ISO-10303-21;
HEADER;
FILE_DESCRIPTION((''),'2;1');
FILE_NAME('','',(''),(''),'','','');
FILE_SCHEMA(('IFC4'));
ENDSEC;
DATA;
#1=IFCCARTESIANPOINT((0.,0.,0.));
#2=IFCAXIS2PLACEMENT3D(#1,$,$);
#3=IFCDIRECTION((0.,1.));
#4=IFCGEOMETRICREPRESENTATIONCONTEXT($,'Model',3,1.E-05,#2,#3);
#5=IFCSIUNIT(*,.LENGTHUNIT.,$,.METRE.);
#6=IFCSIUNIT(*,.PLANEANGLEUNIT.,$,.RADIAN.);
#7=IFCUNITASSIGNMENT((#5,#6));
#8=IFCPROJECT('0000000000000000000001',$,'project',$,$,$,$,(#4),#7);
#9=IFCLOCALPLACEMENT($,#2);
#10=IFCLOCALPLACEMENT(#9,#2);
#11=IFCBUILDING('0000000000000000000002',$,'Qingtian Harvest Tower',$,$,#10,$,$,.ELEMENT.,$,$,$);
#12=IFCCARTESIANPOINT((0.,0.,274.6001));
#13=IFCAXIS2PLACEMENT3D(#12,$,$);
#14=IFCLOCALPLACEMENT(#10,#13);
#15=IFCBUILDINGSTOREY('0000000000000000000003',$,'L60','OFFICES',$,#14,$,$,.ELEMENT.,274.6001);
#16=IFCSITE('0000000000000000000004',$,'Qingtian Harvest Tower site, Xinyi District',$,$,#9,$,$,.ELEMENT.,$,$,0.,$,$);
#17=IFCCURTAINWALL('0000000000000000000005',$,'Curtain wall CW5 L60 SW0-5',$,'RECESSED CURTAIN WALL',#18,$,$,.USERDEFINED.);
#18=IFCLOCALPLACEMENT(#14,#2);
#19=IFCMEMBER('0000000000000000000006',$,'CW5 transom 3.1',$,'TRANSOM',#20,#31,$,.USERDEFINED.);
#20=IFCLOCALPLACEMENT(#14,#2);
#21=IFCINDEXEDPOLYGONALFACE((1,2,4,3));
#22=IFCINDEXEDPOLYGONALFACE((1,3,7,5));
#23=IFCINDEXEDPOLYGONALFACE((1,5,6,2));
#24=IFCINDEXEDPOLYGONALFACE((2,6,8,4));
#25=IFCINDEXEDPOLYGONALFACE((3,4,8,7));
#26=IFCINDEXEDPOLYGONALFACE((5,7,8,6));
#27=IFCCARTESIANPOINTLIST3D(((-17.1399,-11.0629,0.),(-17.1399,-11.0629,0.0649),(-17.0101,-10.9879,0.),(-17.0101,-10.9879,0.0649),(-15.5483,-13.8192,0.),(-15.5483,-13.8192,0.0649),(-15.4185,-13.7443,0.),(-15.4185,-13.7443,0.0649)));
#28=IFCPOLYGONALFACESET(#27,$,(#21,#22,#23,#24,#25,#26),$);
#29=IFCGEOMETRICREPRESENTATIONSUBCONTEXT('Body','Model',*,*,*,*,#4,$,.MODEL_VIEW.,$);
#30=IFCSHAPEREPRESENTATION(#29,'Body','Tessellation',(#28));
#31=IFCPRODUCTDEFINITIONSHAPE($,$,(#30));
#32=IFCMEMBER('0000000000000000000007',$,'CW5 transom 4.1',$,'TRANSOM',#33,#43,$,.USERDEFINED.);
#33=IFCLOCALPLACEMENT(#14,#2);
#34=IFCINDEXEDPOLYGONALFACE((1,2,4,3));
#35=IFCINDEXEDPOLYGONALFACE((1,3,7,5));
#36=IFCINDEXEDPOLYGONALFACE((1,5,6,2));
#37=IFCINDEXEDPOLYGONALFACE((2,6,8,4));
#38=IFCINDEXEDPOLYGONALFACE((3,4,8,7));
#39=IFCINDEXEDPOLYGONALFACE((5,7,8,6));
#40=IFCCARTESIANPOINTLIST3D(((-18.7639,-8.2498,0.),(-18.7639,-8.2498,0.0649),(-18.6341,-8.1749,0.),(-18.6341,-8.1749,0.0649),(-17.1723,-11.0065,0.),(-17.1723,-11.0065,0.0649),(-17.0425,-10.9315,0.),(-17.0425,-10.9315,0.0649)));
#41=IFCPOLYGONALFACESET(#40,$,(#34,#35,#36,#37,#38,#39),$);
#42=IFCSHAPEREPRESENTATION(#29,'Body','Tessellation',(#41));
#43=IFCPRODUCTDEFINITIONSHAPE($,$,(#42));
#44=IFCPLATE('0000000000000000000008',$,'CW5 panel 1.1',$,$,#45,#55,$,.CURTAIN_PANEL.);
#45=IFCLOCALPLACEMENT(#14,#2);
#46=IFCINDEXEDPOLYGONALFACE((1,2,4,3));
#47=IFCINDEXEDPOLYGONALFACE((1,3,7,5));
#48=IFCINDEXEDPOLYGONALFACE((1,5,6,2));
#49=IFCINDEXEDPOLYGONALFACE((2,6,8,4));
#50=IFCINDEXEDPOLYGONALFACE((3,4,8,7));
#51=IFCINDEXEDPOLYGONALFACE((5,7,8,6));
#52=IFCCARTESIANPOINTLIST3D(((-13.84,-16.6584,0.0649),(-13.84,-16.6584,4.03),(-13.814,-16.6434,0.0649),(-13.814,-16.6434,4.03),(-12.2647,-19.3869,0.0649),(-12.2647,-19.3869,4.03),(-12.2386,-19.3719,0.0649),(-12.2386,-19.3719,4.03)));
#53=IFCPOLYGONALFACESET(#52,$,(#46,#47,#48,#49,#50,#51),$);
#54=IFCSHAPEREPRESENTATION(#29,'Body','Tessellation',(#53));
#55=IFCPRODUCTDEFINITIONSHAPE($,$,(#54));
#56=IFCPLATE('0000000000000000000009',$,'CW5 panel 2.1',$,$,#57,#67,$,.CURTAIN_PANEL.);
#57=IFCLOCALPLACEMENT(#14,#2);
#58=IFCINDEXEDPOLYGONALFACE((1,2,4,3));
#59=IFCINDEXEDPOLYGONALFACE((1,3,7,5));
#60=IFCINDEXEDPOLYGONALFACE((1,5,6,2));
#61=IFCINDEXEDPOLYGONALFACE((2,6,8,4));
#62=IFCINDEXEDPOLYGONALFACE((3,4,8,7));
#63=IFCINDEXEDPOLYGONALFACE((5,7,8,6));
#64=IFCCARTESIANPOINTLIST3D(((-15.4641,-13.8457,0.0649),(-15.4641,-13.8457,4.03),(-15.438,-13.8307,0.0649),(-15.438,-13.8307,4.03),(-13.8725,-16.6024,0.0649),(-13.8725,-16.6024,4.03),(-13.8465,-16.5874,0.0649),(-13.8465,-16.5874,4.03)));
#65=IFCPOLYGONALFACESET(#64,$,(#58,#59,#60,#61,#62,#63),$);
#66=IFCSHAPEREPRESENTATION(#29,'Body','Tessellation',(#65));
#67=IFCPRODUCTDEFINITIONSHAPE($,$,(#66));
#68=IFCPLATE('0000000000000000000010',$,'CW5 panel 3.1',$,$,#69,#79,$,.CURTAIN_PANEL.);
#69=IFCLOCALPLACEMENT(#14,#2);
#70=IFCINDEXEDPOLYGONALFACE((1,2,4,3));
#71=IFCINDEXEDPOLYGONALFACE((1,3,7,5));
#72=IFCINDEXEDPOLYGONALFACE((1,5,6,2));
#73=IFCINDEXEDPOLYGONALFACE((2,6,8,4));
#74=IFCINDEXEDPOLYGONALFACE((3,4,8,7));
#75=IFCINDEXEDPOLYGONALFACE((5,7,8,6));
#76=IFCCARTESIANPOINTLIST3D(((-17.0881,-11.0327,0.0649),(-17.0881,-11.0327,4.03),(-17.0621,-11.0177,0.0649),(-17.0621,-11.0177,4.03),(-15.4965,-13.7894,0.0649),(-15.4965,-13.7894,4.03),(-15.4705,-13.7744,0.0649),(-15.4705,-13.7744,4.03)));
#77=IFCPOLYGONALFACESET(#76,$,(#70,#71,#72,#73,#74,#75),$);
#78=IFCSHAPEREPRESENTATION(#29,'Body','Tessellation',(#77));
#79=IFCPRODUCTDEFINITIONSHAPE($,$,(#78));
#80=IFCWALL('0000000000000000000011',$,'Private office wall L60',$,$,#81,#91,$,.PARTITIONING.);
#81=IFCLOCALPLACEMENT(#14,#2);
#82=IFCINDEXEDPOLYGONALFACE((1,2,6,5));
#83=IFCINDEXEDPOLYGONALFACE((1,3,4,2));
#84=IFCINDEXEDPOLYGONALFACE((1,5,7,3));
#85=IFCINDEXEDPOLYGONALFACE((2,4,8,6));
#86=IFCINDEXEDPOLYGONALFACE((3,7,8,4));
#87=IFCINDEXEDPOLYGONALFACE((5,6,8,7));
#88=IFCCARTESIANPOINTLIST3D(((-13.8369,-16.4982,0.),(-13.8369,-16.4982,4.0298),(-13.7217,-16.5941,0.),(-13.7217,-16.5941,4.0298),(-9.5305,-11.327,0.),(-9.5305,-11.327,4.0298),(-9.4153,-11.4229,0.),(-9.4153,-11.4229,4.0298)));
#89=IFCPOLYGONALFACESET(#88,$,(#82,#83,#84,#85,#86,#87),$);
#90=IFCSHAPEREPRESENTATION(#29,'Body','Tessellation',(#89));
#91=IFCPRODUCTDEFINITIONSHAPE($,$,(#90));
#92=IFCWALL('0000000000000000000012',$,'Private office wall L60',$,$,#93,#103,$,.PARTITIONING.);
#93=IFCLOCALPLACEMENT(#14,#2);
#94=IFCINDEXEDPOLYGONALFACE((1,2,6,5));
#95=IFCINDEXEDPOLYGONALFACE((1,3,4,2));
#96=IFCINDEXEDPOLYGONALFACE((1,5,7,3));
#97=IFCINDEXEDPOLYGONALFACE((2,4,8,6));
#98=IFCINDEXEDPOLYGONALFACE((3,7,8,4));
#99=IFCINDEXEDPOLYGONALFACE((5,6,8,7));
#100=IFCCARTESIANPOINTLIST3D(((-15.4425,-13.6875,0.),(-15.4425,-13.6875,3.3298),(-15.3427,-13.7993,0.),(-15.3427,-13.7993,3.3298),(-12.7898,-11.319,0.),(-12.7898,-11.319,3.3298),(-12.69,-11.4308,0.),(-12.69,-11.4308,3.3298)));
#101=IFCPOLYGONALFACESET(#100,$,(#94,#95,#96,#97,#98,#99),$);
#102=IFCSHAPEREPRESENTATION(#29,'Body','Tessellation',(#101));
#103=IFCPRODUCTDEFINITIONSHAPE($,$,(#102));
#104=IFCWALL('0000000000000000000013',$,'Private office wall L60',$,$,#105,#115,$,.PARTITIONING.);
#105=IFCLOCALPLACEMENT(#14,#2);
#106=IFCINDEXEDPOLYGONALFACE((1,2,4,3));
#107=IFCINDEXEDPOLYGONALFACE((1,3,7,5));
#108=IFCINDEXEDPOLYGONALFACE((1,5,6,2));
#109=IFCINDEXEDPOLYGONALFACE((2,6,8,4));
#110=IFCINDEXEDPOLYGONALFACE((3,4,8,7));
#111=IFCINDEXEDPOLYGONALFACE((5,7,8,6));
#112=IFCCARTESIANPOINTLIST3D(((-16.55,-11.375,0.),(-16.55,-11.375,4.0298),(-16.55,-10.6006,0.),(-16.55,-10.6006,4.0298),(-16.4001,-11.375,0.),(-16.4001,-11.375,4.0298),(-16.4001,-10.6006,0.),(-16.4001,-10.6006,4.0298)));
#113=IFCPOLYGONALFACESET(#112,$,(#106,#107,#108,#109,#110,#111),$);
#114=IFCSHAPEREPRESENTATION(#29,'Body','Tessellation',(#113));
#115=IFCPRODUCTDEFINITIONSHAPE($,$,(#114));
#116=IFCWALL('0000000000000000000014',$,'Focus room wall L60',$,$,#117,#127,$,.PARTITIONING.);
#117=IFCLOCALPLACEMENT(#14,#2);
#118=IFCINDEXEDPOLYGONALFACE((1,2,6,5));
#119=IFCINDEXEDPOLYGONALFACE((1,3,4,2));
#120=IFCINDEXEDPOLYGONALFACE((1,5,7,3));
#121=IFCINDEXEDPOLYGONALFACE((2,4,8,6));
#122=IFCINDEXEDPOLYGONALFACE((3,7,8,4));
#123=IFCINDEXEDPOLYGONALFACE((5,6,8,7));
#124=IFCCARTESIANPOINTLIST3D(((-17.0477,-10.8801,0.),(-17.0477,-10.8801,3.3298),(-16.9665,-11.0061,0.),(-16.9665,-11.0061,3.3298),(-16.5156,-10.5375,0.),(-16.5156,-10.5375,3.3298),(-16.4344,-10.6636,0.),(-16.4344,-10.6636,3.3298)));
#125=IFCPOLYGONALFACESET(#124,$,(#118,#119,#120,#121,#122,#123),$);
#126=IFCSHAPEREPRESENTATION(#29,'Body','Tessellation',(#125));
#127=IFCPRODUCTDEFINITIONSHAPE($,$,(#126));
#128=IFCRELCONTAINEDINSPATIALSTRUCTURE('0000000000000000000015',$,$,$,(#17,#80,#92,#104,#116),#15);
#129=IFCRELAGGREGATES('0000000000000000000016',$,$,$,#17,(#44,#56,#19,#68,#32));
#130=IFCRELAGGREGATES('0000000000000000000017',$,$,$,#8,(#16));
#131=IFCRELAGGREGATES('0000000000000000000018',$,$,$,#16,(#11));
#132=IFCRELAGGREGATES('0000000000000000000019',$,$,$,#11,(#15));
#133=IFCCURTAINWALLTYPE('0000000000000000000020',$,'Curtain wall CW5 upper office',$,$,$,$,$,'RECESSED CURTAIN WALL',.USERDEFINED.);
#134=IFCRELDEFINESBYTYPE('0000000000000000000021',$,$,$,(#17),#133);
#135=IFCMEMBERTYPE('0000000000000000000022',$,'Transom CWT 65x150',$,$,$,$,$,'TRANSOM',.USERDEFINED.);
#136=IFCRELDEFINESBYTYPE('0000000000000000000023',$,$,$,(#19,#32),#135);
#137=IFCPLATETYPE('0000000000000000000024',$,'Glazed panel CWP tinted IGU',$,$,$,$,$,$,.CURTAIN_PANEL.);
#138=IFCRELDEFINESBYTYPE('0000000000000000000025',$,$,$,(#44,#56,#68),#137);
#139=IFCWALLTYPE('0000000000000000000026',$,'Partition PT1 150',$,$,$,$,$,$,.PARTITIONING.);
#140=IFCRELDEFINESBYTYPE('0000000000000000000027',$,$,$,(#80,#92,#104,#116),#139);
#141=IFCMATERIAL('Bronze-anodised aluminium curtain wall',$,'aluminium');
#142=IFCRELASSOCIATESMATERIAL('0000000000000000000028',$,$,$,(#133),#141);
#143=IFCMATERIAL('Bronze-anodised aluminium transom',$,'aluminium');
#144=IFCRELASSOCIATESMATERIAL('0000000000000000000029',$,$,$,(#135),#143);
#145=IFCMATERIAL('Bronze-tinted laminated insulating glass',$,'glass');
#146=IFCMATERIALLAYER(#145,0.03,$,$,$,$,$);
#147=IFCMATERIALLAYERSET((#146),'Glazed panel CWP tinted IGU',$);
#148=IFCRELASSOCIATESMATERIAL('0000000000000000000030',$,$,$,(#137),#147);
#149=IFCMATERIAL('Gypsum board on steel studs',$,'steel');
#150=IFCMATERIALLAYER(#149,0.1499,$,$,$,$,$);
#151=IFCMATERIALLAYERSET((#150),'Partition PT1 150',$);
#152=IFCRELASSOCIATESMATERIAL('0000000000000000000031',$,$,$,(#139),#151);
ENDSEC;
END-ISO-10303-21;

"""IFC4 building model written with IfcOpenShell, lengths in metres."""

from ifc_helpers import new_model, si_unit, direction, frame, frame_2d, origin, origin_2d, place, context, subcontext, project, spatial, rectangle, extrude, material, layer, layer_set, material_profile, profile_set, type_object, element, aggregate, save


model = new_model("IFC4")

# Units and contexts
model_context = context("Model", 3, precision=1e-05, world=origin(), true_north=direction((0.0, 1.0)))
body_context = subcontext(model_context, "Body", "Model", "MODEL_VIEW")
ifc_project = project(units=[si_unit("LENGTHUNIT", "METRE"), si_unit("PLANEANGLEUNIT", "RADIAN")], contexts=[model_context])

# Site, building, storey
site_placement = place(None, origin())
site = spatial("IfcSite", under=ifc_project, at=site_placement, Name="Qingtian Harvest Tower site, Xinyi District", CompositionType="ELEMENT", RefElevation=0.0)
building_placement = place(site_placement, origin())
building = spatial("IfcBuilding", under=site, at=building_placement, Name="Qingtian Harvest Tower", CompositionType="ELEMENT")
storey_placement = place(building_placement, frame((0.0, 0.0, 274.6001)))
storey = spatial("IfcBuildingStorey", under=building, at=storey_placement, Name="L60", Description="OFFICES", CompositionType="ELEMENT", Elevation=274.6001)

# Curtain wall
ifc_material_1 = material(Name="Bronze-anodised aluminium curtain wall", Category="aluminium")
curtain_wall_type = type_object("IfcCurtainWallType", Name="Curtain wall CW5 upper office", ElementType="RECESSED CURTAIN WALL", PredefinedType="USERDEFINED", material=ifc_material_1)
curtain_wall_placement = place(storey_placement, origin())
curtain_wall = element("IfcCurtainWall", 1, at=curtain_wall_placement, inside=storey, type_object=curtain_wall_type, Name="Curtain wall CW5 L60 SW0-5", ObjectType="RECESSED CURTAIN WALL", PredefinedType="USERDEFINED")

# Members
ifc_material_2 = material(Name="Bronze-anodised aluminium transom", Category="aluminium")
ifc_material_profile_1 = material_profile(ifc_material_2, rectangle(XDim=0.1499, YDim=0.0649, at=origin_2d()), Name="AL 65x150")
ifc_profile_set_1 = profile_set([ifc_material_profile_1], Name="Bronze-anodised aluminium transom")
member_type_1 = type_object("IfcMemberType", Name="Transom CWT 65x150", ElementType="TRANSOM", PredefinedType="USERDEFINED", material=ifc_profile_set_1)
member_1_placement = place(storey_placement, frame((-15.4834, -13.7817, 0.0325), z_axis=(-0.500041, 0.866002, 0.0), x_axis=(-0.866002, -0.500041, 0.0)))
member_1 = element("IfcMember", 2, at=member_1_placement, type_object=member_type_1, Name="CW5 transom 3.1", ObjectType="TRANSOM", PredefinedType="USERDEFINED", context=body_context, shape_type="SweptSolid", body=[
    extrude(rectangle(XDim=0.1499, YDim=0.0649, at=origin_2d()), origin(), (0.0, 0.0, 1.0), 3.1829),
])
member_2_placement = place(storey_placement, frame((-17.1074, -10.969, 0.0325), z_axis=(-0.500008, 0.866021, 0.0), x_axis=(-0.866021, -0.500008, 0.0)))
member_2 = element("IfcMember", 3, at=member_2_placement, type_object=member_type_1, Name="CW5 transom 4.1", ObjectType="TRANSOM", PredefinedType="USERDEFINED", context=body_context, shape_type="SweptSolid", body=[
    extrude(rectangle(XDim=0.1499, YDim=0.0649, at=origin_2d()), origin(), (0.0, 0.0, 1.0), 3.1831),
])

# Plates
ifc_material_3 = material(Name="Bronze-tinted laminated insulating glass", Category="glass")
ifc_layer_1 = layer(ifc_material_3, 0.03)
ifc_layer_set_1 = layer_set([ifc_layer_1], Name="Glazed panel CWP tinted IGU")
plate_type = type_object("IfcPlateType", Name="Glazed panel CWP tinted IGU", PredefinedType="CURTAIN_PANEL", material=ifc_layer_set_1)
plate_1_placement = place(storey_placement, frame((-13.0393, -18.0151, 0.0649), z_axis=(0.0, 0.0, 1.0), x_axis=(-0.5, 0.866025, 0.0)))
plate_1 = element("IfcPlate", 4, at=plate_1_placement, type_object=plate_type, Name="CW5 panel 1.1", PredefinedType="CURTAIN_PANEL", context=body_context, shape_type="SweptSolid", body=[
    extrude(rectangle(XDim=3.1506, YDim=0.03, at=origin_2d()), origin(), (0.0, 0.0, 1.0), 3.9651),
])
plate_2_placement = place(storey_placement, frame((-14.6553, -15.2166, 0.0649), z_axis=(0.0, 0.0, 1.0), x_axis=(-0.5, 0.866025, 0.0)))
plate_2 = element("IfcPlate", 5, at=plate_2_placement, type_object=plate_type, Name="CW5 panel 2.1", PredefinedType="CURTAIN_PANEL", context=body_context, shape_type="SweptSolid", body=[
    extrude(rectangle(XDim=3.1831, YDim=0.03, at=origin_2d()), origin(), (0.0, 0.0, 1.0), 3.9651),
])
plate_3_placement = place(storey_placement, frame((-16.2793, -12.4036, 0.0649), z_axis=(0.0, 0.0, 1.0), x_axis=(-0.5, 0.866025, 0.0)))
plate_3 = element("IfcPlate", 6, at=plate_3_placement, type_object=plate_type, Name="CW5 panel 3.1", PredefinedType="CURTAIN_PANEL", context=body_context, shape_type="SweptSolid", body=[
    extrude(rectangle(XDim=3.1831, YDim=0.03, at=origin_2d()), origin(), (0.0, 0.0, 1.0), 3.9651),
])
aggregate(curtain_wall, [plate_1, plate_2, member_1, plate_3, member_2])

# Walls
ifc_material_4 = material(Name="Gypsum board on steel studs", Category="steel")
ifc_layer_2 = layer(ifc_material_4, 0.1499)
ifc_layer_set_2 = layer_set([ifc_layer_2], Name="Partition PT1 150")
wall_type = type_object("IfcWallType", Name="Partition PT1 150", PredefinedType="PARTITIONING", material=ifc_layer_set_2)
wall_1_placement = place(storey_placement, frame((-13.7793, -16.5461, 0.0), z_axis=(0.0, 0.0, 1.0), x_axis=(0.639931, 0.768432, 0.0)))
element("IfcWall", 7, at=wall_1_placement, inside=storey, type_object=wall_type, Name="Private office wall L60", PredefinedType="PARTITIONING", context=body_context, shape_type="SweptSolid", body=[
    extrude(rectangle(XDim=6.7295, YDim=0.1499, at=frame_2d((3.3647, 0.0))), origin(), (0.0, 0.0, 1.0), 4.0298),
])
wall_2_placement = place(storey_placement, frame((-15.3926, -13.7434, 0.0), z_axis=(0.0, 0.0, 1.0), x_axis=(0.745934, 0.66602, 0.0)))
element("IfcWall", 8, at=wall_2_placement, inside=storey, type_object=wall_type, Name="Private office wall L60", PredefinedType="PARTITIONING", context=body_context, shape_type="SweptSolid", body=[
    extrude(rectangle(XDim=3.5562, YDim=0.1499, at=frame_2d((1.7781, 0.0))), origin(), (0.0, 0.0, 1.0), 3.3298),
])

# Walls
wall_3_placement = place(storey_placement, frame((-16.4751, -11.375, 0.0), z_axis=(0.0, 0.0, 1.0), x_axis=(0.0, 1.0, 0.0)))
element("IfcWall", 9, at=wall_3_placement, inside=storey, type_object=wall_type, Name="Private office wall L60", PredefinedType="PARTITIONING", context=body_context, shape_type="SweptSolid", body=[
    extrude(rectangle(XDim=0.7744, YDim=0.1499, at=frame_2d((0.3872, 0.0))), origin(), (0.0, 0.0, 1.0), 4.0298),
])
wall_4_placement = place(storey_placement, frame((-17.0071, -10.9431, 0.0), z_axis=(0.0, 0.0, 1.0), x_axis=(0.84079, 0.541362, 0.0)))
element("IfcWall", 10, at=wall_4_placement, inside=storey, type_object=wall_type, Name="Focus room wall L60", PredefinedType="PARTITIONING", context=body_context, shape_type="SweptSolid", body=[
    extrude(rectangle(XDim=0.6328, YDim=0.1499, at=frame_2d((0.3164, 0.0))), origin(), (0.0, 0.0, 1.0), 3.3298),
])

save(model, "model.ifc")
